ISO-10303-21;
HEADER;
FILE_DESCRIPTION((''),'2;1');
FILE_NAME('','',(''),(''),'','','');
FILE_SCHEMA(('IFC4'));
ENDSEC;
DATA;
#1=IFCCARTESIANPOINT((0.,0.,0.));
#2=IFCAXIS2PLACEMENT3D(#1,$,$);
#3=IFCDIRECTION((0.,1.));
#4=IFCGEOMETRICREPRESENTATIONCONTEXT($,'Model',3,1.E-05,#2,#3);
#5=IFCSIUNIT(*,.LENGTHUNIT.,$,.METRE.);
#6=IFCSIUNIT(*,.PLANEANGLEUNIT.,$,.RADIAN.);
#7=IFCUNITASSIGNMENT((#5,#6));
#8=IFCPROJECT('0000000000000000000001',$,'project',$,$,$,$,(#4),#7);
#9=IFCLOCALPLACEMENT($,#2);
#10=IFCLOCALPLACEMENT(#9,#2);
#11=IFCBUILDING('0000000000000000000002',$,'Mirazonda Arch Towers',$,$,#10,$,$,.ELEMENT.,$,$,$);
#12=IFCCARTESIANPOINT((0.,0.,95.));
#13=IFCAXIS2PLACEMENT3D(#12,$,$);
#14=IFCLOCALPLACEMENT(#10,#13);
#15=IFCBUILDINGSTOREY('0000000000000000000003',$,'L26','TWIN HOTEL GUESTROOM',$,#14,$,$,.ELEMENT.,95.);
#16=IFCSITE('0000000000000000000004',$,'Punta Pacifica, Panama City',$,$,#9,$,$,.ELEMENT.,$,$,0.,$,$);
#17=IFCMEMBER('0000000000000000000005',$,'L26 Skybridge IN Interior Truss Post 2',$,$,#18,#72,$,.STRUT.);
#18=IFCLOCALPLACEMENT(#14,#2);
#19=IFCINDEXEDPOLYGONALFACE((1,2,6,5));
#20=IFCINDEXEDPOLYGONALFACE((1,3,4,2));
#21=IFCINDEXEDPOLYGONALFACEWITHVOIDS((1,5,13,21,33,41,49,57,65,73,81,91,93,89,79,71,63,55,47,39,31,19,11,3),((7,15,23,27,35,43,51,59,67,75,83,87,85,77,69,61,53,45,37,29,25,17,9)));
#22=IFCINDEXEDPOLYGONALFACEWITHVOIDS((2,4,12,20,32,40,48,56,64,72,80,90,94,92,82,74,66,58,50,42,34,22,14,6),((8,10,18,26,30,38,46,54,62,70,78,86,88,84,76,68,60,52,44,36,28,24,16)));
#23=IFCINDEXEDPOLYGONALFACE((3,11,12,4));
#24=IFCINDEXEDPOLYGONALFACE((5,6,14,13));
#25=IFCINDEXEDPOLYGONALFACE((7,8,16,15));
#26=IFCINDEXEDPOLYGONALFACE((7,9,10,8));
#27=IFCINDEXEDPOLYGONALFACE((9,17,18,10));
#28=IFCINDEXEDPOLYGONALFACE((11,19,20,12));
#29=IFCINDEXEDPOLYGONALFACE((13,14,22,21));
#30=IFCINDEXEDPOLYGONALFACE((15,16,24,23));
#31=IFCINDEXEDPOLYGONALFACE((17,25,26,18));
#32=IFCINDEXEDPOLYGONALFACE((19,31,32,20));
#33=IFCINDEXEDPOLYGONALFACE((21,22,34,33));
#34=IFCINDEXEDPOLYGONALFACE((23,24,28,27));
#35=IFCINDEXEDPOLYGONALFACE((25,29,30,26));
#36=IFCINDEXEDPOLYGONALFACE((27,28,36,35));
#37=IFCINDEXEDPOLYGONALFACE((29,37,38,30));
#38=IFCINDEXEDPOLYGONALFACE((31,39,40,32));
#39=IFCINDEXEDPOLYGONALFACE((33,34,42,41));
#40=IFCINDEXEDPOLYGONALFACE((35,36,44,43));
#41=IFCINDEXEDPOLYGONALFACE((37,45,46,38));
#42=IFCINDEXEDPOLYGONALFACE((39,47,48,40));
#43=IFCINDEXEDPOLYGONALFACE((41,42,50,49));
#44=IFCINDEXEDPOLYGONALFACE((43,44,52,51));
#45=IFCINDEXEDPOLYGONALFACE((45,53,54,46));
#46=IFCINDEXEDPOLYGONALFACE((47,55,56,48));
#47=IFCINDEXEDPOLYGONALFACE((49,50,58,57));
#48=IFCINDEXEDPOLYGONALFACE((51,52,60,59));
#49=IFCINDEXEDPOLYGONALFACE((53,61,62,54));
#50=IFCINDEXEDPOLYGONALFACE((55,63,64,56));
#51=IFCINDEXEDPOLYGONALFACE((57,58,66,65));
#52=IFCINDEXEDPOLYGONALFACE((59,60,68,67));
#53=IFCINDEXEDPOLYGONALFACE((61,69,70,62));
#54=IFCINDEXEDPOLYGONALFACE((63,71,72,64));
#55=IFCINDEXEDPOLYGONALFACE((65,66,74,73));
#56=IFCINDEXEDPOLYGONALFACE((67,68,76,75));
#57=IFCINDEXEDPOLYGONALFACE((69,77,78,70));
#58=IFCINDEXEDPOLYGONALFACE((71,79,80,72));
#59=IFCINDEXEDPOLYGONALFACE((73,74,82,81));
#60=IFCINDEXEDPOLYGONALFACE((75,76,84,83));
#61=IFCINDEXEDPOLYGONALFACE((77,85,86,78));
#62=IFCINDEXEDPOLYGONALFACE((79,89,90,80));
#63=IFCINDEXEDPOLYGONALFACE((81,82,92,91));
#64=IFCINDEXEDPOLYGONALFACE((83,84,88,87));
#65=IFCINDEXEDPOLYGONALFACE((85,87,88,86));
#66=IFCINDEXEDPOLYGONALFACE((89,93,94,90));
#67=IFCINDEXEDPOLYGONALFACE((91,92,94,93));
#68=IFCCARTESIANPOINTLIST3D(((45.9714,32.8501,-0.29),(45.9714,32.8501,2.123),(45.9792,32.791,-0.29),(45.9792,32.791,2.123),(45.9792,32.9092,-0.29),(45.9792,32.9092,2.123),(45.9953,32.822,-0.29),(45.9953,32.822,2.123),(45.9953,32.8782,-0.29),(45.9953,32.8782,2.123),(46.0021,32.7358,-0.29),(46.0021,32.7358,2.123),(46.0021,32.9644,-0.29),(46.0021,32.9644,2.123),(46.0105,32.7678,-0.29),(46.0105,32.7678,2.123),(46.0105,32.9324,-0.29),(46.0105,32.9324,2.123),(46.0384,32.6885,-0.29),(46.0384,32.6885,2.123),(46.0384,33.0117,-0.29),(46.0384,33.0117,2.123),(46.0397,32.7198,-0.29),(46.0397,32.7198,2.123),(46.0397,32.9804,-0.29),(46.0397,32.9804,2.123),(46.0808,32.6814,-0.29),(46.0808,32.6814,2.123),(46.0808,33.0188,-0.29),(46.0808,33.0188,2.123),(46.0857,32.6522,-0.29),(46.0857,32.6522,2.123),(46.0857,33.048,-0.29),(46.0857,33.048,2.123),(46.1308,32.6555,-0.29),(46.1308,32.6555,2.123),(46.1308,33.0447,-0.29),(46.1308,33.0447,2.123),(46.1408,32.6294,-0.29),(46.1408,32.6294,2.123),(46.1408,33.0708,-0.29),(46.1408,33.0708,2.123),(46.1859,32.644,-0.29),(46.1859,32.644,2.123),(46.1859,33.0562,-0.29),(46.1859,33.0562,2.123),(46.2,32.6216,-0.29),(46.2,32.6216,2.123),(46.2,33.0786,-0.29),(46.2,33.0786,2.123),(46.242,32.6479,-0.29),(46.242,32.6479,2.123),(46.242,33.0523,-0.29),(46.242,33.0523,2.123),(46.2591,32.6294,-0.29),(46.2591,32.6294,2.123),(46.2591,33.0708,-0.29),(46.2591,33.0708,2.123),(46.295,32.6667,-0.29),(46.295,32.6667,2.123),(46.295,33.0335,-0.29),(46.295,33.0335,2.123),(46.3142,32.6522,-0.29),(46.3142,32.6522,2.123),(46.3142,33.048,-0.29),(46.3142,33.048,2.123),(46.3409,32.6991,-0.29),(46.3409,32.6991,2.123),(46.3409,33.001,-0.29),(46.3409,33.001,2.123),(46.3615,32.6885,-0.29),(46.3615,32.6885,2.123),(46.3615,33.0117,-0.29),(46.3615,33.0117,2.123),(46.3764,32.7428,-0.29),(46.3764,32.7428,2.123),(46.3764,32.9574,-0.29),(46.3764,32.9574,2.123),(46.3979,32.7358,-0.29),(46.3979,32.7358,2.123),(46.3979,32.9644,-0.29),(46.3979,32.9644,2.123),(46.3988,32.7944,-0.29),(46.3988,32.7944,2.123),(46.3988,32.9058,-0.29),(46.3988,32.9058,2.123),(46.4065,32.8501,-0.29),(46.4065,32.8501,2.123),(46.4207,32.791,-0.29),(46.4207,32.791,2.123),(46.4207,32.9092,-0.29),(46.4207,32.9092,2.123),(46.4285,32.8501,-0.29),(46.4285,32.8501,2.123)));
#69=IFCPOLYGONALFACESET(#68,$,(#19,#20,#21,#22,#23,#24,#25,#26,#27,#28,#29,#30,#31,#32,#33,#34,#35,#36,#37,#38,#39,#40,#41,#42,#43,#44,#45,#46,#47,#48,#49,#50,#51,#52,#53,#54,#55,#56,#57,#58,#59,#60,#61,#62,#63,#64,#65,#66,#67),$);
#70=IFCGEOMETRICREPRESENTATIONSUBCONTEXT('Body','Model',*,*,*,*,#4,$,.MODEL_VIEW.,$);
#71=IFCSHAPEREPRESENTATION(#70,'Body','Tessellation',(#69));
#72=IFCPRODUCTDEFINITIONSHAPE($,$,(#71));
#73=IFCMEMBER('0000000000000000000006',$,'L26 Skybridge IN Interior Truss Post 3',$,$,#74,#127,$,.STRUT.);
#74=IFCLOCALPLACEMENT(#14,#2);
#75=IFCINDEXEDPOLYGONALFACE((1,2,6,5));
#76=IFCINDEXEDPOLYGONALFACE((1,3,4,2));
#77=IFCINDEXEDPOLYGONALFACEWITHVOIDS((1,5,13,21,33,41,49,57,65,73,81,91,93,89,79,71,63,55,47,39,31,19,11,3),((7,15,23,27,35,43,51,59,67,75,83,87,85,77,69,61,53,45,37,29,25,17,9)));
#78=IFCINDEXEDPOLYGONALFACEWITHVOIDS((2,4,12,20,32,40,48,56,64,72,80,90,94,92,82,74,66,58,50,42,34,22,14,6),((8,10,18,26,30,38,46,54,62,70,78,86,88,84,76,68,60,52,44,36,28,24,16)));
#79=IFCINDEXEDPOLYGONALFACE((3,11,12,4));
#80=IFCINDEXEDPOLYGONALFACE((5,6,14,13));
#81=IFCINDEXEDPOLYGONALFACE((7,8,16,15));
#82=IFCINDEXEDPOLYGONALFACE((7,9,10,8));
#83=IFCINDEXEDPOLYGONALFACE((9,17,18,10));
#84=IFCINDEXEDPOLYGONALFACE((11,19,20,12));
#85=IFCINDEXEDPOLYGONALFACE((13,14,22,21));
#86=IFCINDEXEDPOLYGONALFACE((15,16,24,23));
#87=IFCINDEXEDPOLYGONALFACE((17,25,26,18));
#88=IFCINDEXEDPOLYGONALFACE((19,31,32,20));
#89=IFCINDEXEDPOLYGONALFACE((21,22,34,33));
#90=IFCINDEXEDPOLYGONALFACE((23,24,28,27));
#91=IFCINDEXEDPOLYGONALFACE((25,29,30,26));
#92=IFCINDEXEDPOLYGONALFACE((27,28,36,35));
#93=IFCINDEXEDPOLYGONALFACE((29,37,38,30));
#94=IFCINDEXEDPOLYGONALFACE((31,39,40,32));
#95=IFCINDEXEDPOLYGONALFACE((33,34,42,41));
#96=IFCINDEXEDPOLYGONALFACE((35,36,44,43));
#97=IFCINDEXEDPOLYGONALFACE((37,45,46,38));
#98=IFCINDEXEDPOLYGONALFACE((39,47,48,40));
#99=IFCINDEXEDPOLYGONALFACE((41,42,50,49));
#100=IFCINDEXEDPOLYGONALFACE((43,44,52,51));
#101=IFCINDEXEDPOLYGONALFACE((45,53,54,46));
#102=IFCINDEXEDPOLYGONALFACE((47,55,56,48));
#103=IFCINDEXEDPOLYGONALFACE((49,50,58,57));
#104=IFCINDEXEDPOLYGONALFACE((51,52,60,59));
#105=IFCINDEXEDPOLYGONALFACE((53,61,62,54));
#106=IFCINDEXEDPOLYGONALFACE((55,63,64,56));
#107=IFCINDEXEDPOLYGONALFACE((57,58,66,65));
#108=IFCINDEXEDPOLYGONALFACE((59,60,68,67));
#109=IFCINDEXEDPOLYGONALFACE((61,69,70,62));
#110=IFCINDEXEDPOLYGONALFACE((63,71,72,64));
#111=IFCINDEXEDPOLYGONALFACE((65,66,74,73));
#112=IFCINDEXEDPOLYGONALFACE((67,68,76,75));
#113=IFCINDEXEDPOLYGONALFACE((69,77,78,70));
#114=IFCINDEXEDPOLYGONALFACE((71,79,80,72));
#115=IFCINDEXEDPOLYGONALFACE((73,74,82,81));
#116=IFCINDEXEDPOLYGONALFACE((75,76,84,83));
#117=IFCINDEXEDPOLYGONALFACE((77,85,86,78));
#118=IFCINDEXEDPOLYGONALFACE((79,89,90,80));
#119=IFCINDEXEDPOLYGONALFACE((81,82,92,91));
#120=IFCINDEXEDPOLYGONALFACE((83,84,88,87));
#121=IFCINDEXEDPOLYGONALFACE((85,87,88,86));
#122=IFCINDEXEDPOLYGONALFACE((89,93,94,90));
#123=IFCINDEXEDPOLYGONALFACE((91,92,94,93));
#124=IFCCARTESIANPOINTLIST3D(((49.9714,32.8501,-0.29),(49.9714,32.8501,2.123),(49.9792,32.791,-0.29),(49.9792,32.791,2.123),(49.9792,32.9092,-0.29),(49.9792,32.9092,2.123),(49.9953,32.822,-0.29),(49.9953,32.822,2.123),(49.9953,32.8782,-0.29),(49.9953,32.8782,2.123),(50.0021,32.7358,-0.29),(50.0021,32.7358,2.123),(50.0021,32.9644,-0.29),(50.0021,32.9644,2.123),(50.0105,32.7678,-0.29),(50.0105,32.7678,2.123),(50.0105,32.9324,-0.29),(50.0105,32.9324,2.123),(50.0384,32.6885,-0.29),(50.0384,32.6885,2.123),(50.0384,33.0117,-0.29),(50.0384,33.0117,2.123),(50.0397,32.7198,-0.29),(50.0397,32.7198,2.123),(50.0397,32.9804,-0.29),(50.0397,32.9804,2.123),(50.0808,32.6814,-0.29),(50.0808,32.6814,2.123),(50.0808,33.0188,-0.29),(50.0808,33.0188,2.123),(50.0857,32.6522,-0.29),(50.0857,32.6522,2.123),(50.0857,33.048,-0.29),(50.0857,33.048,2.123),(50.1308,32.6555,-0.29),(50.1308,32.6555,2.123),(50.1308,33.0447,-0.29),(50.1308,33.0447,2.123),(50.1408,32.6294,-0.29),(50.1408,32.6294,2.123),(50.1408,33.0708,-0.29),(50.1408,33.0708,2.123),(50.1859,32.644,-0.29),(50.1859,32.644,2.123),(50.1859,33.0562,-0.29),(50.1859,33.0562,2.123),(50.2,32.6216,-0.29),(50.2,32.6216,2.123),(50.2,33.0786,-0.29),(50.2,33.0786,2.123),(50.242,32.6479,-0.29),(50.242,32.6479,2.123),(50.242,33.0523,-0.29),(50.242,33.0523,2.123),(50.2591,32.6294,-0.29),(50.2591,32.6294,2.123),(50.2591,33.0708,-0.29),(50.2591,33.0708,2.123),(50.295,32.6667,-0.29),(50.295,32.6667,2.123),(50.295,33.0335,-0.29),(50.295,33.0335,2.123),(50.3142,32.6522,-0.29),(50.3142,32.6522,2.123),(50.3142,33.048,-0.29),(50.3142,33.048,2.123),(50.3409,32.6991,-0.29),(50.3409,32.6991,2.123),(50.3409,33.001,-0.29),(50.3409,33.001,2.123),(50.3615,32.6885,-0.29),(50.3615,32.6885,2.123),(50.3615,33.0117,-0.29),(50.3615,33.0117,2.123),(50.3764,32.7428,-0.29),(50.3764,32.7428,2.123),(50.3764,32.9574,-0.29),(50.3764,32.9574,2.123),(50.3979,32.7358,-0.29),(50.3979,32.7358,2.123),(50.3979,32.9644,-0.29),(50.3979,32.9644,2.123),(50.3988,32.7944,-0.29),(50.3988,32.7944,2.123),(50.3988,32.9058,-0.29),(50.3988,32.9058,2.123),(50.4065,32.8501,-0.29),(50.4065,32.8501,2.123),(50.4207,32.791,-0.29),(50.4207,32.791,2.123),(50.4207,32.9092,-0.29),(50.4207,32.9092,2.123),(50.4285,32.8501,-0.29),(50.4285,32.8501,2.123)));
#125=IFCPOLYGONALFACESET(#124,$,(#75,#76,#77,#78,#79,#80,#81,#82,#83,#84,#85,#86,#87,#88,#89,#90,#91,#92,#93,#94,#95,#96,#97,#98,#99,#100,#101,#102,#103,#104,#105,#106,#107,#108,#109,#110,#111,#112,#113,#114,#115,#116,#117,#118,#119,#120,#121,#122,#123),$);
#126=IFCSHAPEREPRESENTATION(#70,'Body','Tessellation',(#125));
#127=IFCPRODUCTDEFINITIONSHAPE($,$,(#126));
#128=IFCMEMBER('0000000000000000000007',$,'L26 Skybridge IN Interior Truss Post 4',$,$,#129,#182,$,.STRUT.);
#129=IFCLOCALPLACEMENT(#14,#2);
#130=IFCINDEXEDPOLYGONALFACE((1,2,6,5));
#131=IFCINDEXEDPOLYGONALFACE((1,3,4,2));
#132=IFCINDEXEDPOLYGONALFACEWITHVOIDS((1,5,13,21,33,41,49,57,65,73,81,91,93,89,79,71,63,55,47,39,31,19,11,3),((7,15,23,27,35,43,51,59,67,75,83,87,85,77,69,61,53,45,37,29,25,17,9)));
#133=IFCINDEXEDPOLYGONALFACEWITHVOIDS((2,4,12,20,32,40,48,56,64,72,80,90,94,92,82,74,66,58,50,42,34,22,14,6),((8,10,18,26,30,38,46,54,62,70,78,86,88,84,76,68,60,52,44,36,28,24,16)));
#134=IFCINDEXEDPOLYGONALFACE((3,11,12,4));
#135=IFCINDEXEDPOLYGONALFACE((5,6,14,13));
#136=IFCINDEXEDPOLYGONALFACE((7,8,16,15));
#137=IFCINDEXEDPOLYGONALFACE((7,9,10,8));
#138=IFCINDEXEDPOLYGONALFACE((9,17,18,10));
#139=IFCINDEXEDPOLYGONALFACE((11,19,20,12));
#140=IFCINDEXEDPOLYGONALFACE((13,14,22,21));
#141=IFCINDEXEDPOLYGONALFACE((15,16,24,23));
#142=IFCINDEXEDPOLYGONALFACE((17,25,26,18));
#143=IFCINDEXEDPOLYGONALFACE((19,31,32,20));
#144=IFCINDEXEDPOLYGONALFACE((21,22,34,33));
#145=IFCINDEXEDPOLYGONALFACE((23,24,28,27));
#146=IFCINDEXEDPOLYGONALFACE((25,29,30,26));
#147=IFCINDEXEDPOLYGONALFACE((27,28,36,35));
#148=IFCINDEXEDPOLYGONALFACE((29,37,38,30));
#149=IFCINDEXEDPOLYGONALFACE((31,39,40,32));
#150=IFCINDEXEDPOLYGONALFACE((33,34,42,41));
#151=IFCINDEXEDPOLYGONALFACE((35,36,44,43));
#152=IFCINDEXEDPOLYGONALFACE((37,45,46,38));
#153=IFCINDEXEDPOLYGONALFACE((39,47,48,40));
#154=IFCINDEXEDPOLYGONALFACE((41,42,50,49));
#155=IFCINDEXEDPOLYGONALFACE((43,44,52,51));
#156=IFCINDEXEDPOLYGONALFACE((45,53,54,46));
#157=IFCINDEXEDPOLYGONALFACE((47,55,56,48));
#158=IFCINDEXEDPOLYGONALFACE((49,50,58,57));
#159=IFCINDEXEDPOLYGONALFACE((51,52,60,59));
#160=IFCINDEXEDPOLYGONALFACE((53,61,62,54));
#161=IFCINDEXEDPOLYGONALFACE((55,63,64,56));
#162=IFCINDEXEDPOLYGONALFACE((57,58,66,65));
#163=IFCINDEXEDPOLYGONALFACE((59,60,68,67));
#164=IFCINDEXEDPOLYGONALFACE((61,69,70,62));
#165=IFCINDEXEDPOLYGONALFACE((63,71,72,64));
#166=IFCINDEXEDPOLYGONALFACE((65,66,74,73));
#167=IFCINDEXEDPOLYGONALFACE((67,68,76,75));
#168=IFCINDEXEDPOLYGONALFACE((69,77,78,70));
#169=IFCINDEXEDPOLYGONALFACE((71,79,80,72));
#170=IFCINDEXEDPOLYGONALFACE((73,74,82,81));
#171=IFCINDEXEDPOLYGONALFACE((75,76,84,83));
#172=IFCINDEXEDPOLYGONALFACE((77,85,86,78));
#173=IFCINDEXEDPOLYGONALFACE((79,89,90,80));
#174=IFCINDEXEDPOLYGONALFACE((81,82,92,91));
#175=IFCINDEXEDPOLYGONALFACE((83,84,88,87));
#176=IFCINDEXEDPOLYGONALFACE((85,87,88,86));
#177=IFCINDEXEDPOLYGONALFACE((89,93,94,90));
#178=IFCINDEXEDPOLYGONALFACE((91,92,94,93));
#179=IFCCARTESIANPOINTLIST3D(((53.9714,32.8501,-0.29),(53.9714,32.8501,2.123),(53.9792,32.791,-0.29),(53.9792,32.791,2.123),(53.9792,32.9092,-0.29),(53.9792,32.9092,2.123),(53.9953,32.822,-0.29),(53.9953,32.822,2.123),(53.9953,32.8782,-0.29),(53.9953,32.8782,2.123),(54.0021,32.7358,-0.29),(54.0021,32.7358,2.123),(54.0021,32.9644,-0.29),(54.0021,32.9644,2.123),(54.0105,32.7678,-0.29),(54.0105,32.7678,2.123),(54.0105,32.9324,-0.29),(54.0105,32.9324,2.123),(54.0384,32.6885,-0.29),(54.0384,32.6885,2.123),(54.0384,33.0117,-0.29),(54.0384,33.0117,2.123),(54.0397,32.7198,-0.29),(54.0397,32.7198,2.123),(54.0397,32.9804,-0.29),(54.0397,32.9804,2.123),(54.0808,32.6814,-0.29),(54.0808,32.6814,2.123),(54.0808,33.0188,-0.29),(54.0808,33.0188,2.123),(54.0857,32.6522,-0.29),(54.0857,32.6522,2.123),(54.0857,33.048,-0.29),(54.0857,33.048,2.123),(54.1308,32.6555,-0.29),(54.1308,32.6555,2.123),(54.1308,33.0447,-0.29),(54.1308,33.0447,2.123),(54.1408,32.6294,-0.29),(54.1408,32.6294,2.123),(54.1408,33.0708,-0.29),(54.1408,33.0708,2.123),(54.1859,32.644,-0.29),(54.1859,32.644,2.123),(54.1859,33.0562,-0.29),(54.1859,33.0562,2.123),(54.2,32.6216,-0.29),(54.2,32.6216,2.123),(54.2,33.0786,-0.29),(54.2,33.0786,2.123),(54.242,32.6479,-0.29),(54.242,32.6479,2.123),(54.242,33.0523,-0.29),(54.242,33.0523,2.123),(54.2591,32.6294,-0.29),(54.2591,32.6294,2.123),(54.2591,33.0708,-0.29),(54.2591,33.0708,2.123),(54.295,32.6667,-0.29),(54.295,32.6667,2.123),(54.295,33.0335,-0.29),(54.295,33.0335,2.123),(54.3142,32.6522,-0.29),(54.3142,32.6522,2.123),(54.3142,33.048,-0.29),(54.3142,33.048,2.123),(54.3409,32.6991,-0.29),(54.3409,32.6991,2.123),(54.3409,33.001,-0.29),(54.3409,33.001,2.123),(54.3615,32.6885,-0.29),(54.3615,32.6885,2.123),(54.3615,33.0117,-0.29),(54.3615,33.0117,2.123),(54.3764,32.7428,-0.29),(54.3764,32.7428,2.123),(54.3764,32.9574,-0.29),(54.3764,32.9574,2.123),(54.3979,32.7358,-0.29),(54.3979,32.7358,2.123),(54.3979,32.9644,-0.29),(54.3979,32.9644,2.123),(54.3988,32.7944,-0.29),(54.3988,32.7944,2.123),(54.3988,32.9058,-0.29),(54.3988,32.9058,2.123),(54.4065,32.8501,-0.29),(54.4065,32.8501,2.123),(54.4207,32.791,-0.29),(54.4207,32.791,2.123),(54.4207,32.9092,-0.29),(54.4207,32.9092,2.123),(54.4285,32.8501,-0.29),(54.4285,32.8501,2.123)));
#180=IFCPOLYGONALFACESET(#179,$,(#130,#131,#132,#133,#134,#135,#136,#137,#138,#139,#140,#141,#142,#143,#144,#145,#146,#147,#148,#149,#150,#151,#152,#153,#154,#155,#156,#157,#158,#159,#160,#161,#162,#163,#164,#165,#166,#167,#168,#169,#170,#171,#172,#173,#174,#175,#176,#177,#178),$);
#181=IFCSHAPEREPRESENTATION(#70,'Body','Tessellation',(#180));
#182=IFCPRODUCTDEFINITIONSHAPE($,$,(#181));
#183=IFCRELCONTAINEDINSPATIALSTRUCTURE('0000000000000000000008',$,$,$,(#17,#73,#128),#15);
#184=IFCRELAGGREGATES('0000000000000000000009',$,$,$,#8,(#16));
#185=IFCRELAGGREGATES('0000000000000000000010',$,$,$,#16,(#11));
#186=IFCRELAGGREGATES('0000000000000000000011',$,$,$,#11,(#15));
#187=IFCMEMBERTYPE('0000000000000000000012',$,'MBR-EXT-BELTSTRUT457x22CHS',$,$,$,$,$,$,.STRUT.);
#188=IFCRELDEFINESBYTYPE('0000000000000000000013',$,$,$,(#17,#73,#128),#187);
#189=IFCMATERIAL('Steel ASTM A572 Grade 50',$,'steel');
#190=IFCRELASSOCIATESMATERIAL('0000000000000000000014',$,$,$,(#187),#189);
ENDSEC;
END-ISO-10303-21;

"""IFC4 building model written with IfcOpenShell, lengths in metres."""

from ifc_helpers import new_model, si_unit, direction, frame, origin, origin_2d, place, context, subcontext, project, spatial, hollow_circle, extrude, material, material_profile, profile_set, type_object, element, save


model = new_model("IFC4")

# Units and contexts
model_context = context("Model", 3, precision=1e-05, world=origin(), true_north=direction((0.0, 1.0)))
body_context = subcontext(model_context, "Body", "Model", "MODEL_VIEW")
ifc_project = project(units=[si_unit("LENGTHUNIT", "METRE"), si_unit("PLANEANGLEUNIT", "RADIAN")], contexts=[model_context])

# Site, building, storey
site_placement = place(None, origin())
site = spatial("IfcSite", under=ifc_project, at=site_placement, Name="Punta Pacifica, Panama City", CompositionType="ELEMENT", RefElevation=0.0)
building_placement = place(site_placement, origin())
building = spatial("IfcBuilding", under=site, at=building_placement, Name="Mirazonda Arch Towers", CompositionType="ELEMENT")
storey_placement = place(building_placement, frame((0.0, 0.0, 95.0)))
storey = spatial("IfcBuildingStorey", under=building, at=storey_placement, Name="L26", Description="TWIN HOTEL GUESTROOM", CompositionType="ELEMENT", Elevation=95.0)

# Members
ifc_material_1 = material(Name="Steel ASTM A572 Grade 50", Category="steel")
ifc_material_profile_1 = material_profile(ifc_material_1, hollow_circle(Radius=0.2285, WallThickness=0.022, at=origin_2d()), Name="BELTSTRUT457x22CHS")
ifc_profile_set_1 = profile_set([ifc_material_profile_1], Name="Steel ASTM A572 Grade 50")
member_type_1 = type_object("IfcMemberType", Name="MBR-EXT-BELTSTRUT457x22CHS", PredefinedType="STRUT", material=ifc_profile_set_1)
for number, where, z_axis, x_axis, name in (
    (1, (46.2, 32.8501, -0.29), (0.0, 0.0, 1.0), (1.0, 0.0, 0.0), "L26 Skybridge IN Interior Truss Post 2"),
    (2, (50.2, 32.8501, -0.29), (0.0, 0.0, 1.0), (1.0, 0.0, 0.0), "L26 Skybridge IN Interior Truss Post 3"),
    (3, (54.2, 32.8501, -0.29), (0.0, 0.0, 1.0), (1.0, 0.0, 0.0), "L26 Skybridge IN Interior Truss Post 4"),
):
    element("IfcMember", number, at=place(storey_placement, frame(where, z_axis=z_axis, x_axis=x_axis)), inside=storey, type_object=member_type_1, Name=name, PredefinedType="STRUT", context=body_context, shape_type="SweptSolid", body=[
        extrude(hollow_circle(Radius=0.2285, WallThickness=0.022, at=origin_2d()), origin(), (0.0, 0.0, 1.0), 2.4131),
    ])

save(model, "model.ifc")
